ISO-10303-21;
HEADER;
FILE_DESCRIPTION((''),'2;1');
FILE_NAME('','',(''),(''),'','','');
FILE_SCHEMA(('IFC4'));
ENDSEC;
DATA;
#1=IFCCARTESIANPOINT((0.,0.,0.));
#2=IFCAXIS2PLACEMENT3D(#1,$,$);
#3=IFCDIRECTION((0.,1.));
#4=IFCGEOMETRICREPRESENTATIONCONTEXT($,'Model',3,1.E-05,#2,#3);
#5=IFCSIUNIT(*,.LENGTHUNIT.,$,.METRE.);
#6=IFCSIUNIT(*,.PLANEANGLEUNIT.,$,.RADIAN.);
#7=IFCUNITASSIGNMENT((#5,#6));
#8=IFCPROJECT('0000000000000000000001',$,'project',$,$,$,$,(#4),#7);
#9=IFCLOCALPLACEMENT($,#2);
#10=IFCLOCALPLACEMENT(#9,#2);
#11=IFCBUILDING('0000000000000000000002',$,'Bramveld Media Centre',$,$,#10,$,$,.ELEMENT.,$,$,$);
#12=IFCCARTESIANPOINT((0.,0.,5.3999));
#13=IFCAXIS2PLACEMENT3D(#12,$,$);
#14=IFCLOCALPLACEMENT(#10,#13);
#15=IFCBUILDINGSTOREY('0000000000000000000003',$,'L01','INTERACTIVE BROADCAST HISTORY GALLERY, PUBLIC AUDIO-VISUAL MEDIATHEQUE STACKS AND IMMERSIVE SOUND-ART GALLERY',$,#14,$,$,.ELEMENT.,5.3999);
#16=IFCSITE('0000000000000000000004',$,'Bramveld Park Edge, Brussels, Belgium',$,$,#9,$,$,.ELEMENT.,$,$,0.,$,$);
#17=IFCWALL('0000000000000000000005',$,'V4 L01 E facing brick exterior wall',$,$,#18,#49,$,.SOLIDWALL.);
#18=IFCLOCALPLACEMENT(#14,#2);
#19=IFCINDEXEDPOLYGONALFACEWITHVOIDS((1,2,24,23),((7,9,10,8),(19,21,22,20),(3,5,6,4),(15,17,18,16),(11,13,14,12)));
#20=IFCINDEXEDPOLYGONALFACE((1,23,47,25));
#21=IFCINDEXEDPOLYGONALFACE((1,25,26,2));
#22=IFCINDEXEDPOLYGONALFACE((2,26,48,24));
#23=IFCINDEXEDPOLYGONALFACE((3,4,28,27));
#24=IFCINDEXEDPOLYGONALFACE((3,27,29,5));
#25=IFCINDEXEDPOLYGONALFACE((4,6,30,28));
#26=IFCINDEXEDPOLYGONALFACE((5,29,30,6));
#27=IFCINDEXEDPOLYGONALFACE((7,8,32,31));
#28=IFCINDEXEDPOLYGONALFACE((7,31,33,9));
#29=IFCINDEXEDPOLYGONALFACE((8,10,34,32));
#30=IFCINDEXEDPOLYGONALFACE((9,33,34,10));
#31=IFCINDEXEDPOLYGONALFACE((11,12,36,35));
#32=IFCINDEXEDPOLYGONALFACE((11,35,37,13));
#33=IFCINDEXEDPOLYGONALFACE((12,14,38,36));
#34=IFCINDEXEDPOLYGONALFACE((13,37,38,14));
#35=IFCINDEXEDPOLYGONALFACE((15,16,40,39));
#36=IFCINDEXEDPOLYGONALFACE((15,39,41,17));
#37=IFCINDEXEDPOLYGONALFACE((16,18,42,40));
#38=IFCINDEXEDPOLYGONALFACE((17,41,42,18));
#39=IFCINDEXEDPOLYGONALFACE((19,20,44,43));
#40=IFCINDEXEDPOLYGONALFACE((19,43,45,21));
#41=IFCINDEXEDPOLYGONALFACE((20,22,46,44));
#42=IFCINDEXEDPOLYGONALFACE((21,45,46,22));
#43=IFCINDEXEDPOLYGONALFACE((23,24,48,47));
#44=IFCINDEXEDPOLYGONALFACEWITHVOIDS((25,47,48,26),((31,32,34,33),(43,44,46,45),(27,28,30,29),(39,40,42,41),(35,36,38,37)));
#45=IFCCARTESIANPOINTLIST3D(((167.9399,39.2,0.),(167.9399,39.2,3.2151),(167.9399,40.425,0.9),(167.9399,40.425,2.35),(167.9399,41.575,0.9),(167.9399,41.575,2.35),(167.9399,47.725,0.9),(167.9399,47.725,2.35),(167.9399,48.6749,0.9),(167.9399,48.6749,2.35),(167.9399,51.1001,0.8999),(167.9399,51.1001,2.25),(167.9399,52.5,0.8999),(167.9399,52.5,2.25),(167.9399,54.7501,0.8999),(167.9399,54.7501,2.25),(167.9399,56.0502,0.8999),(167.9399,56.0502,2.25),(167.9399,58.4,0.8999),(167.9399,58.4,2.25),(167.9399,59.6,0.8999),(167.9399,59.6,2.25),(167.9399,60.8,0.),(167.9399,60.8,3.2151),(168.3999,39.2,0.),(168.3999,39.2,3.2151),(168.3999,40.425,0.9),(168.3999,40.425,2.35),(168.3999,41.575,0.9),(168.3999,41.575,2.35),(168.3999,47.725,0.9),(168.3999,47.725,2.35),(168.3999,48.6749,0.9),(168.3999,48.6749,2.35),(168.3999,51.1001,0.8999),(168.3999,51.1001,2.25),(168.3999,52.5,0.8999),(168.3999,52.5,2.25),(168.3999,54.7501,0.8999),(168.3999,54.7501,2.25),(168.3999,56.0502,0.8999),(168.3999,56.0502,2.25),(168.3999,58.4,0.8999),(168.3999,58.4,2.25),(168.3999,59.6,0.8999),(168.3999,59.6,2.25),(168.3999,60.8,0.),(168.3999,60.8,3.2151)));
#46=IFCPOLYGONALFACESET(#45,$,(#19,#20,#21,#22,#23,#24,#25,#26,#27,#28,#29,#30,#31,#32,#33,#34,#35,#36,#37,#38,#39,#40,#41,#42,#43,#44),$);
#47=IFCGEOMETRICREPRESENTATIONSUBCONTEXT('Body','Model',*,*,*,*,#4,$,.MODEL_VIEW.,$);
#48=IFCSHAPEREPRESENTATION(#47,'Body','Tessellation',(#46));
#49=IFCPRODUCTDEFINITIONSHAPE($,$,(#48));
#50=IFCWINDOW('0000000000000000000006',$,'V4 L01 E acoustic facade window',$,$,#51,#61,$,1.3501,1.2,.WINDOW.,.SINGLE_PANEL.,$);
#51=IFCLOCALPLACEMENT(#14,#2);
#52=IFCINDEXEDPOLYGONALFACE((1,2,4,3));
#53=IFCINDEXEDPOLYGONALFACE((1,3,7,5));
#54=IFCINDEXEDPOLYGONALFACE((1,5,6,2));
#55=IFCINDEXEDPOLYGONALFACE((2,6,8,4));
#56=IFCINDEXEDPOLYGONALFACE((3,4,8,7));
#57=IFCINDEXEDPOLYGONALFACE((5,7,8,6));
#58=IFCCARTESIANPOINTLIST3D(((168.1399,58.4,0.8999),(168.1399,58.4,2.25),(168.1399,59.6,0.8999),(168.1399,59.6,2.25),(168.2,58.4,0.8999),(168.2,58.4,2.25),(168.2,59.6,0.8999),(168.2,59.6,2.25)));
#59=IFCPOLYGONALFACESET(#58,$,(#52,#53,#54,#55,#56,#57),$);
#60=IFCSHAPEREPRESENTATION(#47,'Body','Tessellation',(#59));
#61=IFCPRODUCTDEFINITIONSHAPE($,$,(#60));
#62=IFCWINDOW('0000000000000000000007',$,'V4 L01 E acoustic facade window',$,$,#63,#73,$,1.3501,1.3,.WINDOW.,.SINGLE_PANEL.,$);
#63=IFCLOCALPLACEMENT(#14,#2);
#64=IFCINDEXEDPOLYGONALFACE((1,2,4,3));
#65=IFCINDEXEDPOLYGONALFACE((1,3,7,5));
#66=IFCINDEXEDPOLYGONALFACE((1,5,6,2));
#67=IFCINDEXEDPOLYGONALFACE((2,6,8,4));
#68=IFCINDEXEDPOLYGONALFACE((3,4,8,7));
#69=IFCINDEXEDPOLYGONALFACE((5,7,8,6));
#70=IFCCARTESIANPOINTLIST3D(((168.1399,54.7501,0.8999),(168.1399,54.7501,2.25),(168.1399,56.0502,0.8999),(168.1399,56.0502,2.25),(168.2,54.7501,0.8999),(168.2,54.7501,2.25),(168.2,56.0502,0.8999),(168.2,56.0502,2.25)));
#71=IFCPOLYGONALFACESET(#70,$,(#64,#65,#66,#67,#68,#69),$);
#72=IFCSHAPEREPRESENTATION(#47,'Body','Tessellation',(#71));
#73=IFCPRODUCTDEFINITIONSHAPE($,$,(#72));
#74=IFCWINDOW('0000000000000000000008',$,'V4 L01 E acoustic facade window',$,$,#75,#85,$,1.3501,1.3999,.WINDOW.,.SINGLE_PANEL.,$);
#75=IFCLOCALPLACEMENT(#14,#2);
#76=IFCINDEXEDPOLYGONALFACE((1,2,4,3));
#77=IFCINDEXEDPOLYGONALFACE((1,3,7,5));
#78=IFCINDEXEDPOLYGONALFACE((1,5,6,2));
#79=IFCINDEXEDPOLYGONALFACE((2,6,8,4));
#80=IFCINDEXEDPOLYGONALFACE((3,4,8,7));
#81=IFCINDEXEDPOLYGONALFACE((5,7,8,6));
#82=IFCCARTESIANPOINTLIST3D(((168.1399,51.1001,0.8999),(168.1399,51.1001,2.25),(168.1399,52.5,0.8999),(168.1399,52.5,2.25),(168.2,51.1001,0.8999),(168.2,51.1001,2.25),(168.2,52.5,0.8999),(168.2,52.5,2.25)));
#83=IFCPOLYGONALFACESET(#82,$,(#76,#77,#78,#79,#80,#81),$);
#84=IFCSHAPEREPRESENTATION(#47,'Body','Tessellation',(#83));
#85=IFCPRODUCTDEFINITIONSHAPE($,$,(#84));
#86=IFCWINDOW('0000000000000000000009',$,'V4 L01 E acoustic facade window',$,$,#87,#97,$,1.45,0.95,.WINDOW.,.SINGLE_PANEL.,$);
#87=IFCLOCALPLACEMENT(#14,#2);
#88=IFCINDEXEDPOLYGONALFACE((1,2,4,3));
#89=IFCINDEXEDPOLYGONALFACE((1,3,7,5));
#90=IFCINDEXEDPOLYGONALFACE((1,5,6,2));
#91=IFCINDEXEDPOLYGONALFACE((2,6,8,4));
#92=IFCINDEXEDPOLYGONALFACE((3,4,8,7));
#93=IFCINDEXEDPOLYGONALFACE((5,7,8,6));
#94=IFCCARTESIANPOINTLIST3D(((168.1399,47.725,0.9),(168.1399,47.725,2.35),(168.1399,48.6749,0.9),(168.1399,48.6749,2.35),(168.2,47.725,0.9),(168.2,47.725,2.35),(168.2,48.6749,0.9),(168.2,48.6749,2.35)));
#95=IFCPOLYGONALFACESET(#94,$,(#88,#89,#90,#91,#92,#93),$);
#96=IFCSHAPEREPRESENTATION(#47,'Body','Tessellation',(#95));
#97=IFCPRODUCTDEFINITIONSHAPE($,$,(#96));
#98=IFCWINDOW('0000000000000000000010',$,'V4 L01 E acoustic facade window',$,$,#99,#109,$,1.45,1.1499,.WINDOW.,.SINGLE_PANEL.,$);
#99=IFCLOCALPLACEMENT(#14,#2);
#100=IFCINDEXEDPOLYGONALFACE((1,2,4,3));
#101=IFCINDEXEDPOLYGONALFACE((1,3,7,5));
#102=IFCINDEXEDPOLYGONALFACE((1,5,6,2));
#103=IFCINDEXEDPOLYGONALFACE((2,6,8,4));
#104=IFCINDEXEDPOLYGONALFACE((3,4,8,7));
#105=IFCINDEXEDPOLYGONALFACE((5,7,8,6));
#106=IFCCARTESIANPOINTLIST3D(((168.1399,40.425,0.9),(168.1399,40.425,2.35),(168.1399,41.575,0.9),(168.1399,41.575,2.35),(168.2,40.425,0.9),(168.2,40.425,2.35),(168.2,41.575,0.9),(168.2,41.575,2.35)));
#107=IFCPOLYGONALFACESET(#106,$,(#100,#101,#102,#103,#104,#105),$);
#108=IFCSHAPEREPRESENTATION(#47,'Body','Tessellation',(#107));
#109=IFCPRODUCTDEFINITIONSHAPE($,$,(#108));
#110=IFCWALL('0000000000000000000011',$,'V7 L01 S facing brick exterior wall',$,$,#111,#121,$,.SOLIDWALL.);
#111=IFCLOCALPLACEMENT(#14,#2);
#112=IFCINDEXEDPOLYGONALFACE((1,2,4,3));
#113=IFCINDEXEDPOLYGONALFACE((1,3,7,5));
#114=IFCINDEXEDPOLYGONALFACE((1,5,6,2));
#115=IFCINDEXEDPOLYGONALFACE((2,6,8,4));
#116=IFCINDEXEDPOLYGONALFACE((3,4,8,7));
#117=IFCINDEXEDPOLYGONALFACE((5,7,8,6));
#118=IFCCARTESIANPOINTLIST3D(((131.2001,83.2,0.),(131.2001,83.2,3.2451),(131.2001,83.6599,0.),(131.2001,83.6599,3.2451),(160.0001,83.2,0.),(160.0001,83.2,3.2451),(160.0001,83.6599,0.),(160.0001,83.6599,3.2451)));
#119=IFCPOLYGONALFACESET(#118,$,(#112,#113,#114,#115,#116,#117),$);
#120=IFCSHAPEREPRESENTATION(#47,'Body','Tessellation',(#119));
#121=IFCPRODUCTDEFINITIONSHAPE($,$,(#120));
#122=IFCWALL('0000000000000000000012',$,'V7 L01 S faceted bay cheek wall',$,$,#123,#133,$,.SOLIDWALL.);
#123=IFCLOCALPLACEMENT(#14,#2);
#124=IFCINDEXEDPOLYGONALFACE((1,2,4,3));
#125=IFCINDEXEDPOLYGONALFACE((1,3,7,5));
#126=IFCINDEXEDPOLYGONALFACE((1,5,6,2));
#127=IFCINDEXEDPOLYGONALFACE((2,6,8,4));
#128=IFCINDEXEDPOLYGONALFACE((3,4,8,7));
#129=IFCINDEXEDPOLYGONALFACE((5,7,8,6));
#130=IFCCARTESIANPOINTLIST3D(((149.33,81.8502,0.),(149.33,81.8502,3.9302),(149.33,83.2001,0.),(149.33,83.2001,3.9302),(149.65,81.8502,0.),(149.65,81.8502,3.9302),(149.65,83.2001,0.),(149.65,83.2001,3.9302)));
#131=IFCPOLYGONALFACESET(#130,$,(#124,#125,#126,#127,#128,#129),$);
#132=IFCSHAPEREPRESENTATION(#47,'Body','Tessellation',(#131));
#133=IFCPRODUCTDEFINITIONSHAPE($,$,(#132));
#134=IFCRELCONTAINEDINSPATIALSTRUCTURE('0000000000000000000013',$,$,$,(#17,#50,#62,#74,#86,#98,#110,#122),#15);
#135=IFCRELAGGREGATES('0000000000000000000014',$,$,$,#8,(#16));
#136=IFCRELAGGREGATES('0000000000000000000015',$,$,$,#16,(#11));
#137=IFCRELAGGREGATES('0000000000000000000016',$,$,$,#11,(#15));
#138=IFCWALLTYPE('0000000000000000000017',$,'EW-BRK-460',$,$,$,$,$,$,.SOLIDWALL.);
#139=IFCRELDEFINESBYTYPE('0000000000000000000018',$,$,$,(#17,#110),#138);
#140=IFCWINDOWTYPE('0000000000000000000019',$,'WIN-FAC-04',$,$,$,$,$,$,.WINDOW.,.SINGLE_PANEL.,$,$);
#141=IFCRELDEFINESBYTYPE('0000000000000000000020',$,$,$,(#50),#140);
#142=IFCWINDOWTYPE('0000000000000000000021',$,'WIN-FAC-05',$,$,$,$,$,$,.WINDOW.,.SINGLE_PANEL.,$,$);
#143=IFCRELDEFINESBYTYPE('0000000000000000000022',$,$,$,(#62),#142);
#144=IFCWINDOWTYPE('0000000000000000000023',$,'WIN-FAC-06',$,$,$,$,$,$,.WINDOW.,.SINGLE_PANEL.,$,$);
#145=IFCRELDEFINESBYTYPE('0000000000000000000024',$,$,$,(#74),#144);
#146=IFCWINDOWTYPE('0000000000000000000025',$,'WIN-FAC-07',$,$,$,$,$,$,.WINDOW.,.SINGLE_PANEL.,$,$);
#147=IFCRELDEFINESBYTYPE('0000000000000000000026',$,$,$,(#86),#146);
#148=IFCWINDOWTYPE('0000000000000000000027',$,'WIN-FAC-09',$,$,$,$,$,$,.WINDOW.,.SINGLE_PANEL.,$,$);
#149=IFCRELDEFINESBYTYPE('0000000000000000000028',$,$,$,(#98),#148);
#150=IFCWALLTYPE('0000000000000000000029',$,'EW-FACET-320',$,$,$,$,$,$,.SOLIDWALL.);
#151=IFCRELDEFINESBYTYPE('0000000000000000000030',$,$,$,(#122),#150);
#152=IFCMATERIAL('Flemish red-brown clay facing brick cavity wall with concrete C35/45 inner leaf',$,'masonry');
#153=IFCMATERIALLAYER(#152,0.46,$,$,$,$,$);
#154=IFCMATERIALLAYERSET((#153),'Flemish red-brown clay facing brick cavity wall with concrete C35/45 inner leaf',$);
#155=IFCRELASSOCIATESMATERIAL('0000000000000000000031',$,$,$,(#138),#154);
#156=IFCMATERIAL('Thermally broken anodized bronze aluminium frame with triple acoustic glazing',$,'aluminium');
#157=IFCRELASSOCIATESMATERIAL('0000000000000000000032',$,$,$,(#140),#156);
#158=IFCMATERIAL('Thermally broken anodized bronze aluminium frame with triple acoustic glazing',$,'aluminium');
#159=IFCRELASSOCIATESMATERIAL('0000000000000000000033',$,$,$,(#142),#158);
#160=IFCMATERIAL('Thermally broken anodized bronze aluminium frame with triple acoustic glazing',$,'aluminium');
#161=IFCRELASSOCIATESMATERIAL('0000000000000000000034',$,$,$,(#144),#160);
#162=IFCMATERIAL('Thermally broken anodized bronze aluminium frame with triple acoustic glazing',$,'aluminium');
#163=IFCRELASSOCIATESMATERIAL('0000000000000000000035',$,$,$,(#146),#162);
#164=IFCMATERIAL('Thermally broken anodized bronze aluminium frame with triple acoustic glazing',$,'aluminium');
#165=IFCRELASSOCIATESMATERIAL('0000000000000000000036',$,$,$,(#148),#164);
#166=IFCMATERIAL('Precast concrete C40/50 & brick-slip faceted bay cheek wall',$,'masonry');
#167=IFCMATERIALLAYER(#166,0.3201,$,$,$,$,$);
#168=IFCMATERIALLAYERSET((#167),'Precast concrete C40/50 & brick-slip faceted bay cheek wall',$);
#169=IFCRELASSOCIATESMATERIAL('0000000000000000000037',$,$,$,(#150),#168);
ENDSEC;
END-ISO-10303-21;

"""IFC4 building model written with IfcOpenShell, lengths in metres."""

from ifc_helpers import new_model, si_unit, direction, frame, frame_2d, origin, place, context, subcontext, project, spatial, rectangle, extrude, material, layer, layer_set, type_object, element, fill, save


model = new_model("IFC4")

# Units and contexts
model_context = context("Model", 3, precision=1e-05, world=origin(), true_north=direction((0.0, 1.0)))
body_context = subcontext(model_context, "Body", "Model", "MODEL_VIEW")
ifc_project = project(units=[si_unit("LENGTHUNIT", "METRE"), si_unit("PLANEANGLEUNIT", "RADIAN")], contexts=[model_context])

# Site, building, storey
site_placement = place(None, origin())
site = spatial("IfcSite", under=ifc_project, at=site_placement, Name="Bramveld Park Edge, Brussels, Belgium", CompositionType="ELEMENT", RefElevation=0.0)
building_placement = place(site_placement, origin())
building = spatial("IfcBuilding", under=site, at=building_placement, Name="Bramveld Media Centre", CompositionType="ELEMENT")
storey_placement = place(building_placement, frame((0.0, 0.0, 5.3999)))
storey = spatial("IfcBuildingStorey", under=building, at=storey_placement, Name="L01", Description="INTERACTIVE BROADCAST HISTORY GALLERY, PUBLIC AUDIO-VISUAL MEDIATHEQUE STACKS AND IMMERSIVE SOUND-ART GALLERY", CompositionType="ELEMENT", Elevation=5.3999)

# Wall, openings, windows
ifc_material_1 = material(Name="Flemish red-brown clay facing brick cavity wall with concrete C35/45 inner leaf", Category="masonry")
ifc_layer_1 = layer(ifc_material_1, 0.46)
ifc_layer_set_1 = layer_set([ifc_layer_1], Name="Flemish red-brown clay facing brick cavity wall with concrete C35/45 inner leaf")
wall_type_1 = type_object("IfcWallType", Name="EW-BRK-460", PredefinedType="SOLIDWALL", material=ifc_layer_set_1)
wall_1_placement = place(storey_placement, frame((168.1699, 60.8, 0.0), z_axis=(0.0, 0.0, 1.0), x_axis=(0.0, -1.0, 0.0)))
wall_1 = element("IfcWall", 1, at=wall_1_placement, inside=storey, type_object=wall_type_1, Name="V4 L01 E facing brick exterior wall", PredefinedType="SOLIDWALL", context=body_context, shape_type="SweptSolid", body=[
    extrude(rectangle(XDim=21.6001, YDim=0.46, at=frame_2d((10.8, 0.0))), origin(), (0.0, 0.0, 1.0), 3.2151),
])
opening_1_placement = place(wall_1_placement, frame((1.2, 0.0, 0.8999)))
opening_1 = element("IfcOpeningElement", 2, at=opening_1_placement, cuts=wall_1, PredefinedType="OPENING", context=body_context, shape_type="SweptSolid", body=[
    extrude(rectangle(XDim=1.2, YDim=1.3501, at=frame_2d((0.6001, 0.675))), frame((0.0, 0.2419, 0.0), z_axis=(0.0, -1.0, 0.0), x_axis=(1.0, 0.0, 0.0)), (0.0, 0.0, 1.0), 0.4839),
])
opening_2_placement = place(wall_1_placement, frame((4.75, 0.0, 0.8999)))
opening_2 = element("IfcOpeningElement", 3, at=opening_2_placement, cuts=wall_1, PredefinedType="OPENING", context=body_context, shape_type="SweptSolid", body=[
    extrude(rectangle(XDim=1.3, YDim=1.3501, at=frame_2d((0.6499, 0.675))), frame((0.0, 0.2419, 0.0), z_axis=(0.0, -1.0, 0.0), x_axis=(1.0, 0.0, 0.0)), (0.0, 0.0, 1.0), 0.4839),
])
opening_3_placement = place(wall_1_placement, frame((8.3, 0.0, 0.8999)))
opening_3 = element("IfcOpeningElement", 4, at=opening_3_placement, cuts=wall_1, PredefinedType="OPENING", context=body_context, shape_type="SweptSolid", body=[
    extrude(rectangle(XDim=1.3999, YDim=1.3501, at=frame_2d((0.7, 0.675))), frame((0.0, 0.2419, 0.0), z_axis=(0.0, -1.0, 0.0), x_axis=(1.0, 0.0, 0.0)), (0.0, 0.0, 1.0), 0.4839),
])
opening_4_placement = place(wall_1_placement, frame((12.125, 0.0, 0.8999)))
opening_4 = element("IfcOpeningElement", 5, at=opening_4_placement, cuts=wall_1, PredefinedType="OPENING", context=body_context, shape_type="SweptSolid", body=[
    extrude(rectangle(XDim=0.95, YDim=1.45, at=frame_2d((0.4751, 0.7251))), frame((0.0, 0.2419, 0.0), z_axis=(0.0, -1.0, 0.0), x_axis=(1.0, 0.0, 0.0)), (0.0, 0.0, 1.0), 0.4839),
])
opening_5_placement = place(wall_1_placement, frame((19.2251, 0.0, 0.8999)))
opening_5 = element("IfcOpeningElement", 6, at=opening_5_placement, cuts=wall_1, PredefinedType="OPENING", context=body_context, shape_type="SweptSolid", body=[
    extrude(rectangle(XDim=1.1499, YDim=1.45, at=frame_2d((0.575, 0.7251))), frame((0.0, 0.2419, 0.0), z_axis=(0.0, -1.0, 0.0), x_axis=(1.0, 0.0, 0.0)), (0.0, 0.0, 1.0), 0.4839),
])
ifc_material_2 = material(Name="Thermally broken anodized bronze aluminium frame with triple acoustic glazing", Category="aluminium")
window_type_1 = type_object("IfcWindowType", Name="WIN-FAC-04", PartitioningType="SINGLE_PANEL", PredefinedType="WINDOW", material=ifc_material_2)
window_1_placement = place(opening_1_placement, origin())
window_1 = element("IfcWindow", 7, at=window_1_placement, inside=storey, type_object=window_type_1, Name="V4 L01 E acoustic facade window", OverallHeight=1.3501, OverallWidth=1.2, PartitioningType="SINGLE_PANEL", PredefinedType="WINDOW", context=body_context, shape_type="SweptSolid", body=[
    extrude(rectangle(XDim=1.2, YDim=1.3501, at=frame_2d((0.6001, 0.675))), frame((0.0, 0.03, 0.0), z_axis=(0.0, -1.0, 0.0), x_axis=(1.0, 0.0, 0.0)), (0.0, 0.0, 1.0), 0.0601),
])
fill(opening_1, window_1)
ifc_material_3 = material(Name="Thermally broken anodized bronze aluminium frame with triple acoustic glazing", Category="aluminium")
window_type_2 = type_object("IfcWindowType", Name="WIN-FAC-05", PartitioningType="SINGLE_PANEL", PredefinedType="WINDOW", material=ifc_material_3)
window_2_placement = place(opening_2_placement, origin())
window_2 = element("IfcWindow", 8, at=window_2_placement, inside=storey, type_object=window_type_2, Name="V4 L01 E acoustic facade window", OverallHeight=1.3501, OverallWidth=1.3, PartitioningType="SINGLE_PANEL", PredefinedType="WINDOW", context=body_context, shape_type="SweptSolid", body=[
    extrude(rectangle(XDim=1.3, YDim=1.3501, at=frame_2d((0.6499, 0.675))), frame((0.0, 0.03, 0.0), z_axis=(0.0, -1.0, 0.0), x_axis=(1.0, 0.0, 0.0)), (0.0, 0.0, 1.0), 0.0601),
])
fill(opening_2, window_2)
ifc_material_4 = material(Name="Thermally broken anodized bronze aluminium frame with triple acoustic glazing", Category="aluminium")
window_type_3 = type_object("IfcWindowType", Name="WIN-FAC-06", PartitioningType="SINGLE_PANEL", PredefinedType="WINDOW", material=ifc_material_4)
window_3_placement = place(opening_3_placement, origin())
window_3 = element("IfcWindow", 9, at=window_3_placement, inside=storey, type_object=window_type_3, Name="V4 L01 E acoustic facade window", OverallHeight=1.3501, OverallWidth=1.3999, PartitioningType="SINGLE_PANEL", PredefinedType="WINDOW", context=body_context, shape_type="SweptSolid", body=[
    extrude(rectangle(XDim=1.3999, YDim=1.3501, at=frame_2d((0.7, 0.675))), frame((0.0, 0.03, 0.0), z_axis=(0.0, -1.0, 0.0), x_axis=(1.0, 0.0, 0.0)), (0.0, 0.0, 1.0), 0.0601),
])
fill(opening_3, window_3)
ifc_material_5 = material(Name="Thermally broken anodized bronze aluminium frame with triple acoustic glazing", Category="aluminium")
window_type_4 = type_object("IfcWindowType", Name="WIN-FAC-07", PartitioningType="SINGLE_PANEL", PredefinedType="WINDOW", material=ifc_material_5)
window_4_placement = place(opening_4_placement, origin())
window_4 = element("IfcWindow", 10, at=window_4_placement, inside=storey, type_object=window_type_4, Name="V4 L01 E acoustic facade window", OverallHeight=1.45, OverallWidth=0.95, PartitioningType="SINGLE_PANEL", PredefinedType="WINDOW", context=body_context, shape_type="SweptSolid", body=[
    extrude(rectangle(XDim=0.95, YDim=1.45, at=frame_2d((0.4751, 0.7251))), frame((0.0, 0.03, 0.0), z_axis=(0.0, -1.0, 0.0), x_axis=(1.0, 0.0, 0.0)), (0.0, 0.0, 1.0), 0.0601),
])
fill(opening_4, window_4)
ifc_material_6 = material(Name="Thermally broken anodized bronze aluminium frame with triple acoustic glazing", Category="aluminium")
window_type_5 = type_object("IfcWindowType", Name="WIN-FAC-09", PartitioningType="SINGLE_PANEL", PredefinedType="WINDOW", material=ifc_material_6)
window_5_placement = place(opening_5_placement, origin())
window_5 = element("IfcWindow", 11, at=window_5_placement, inside=storey, type_object=window_type_5, Name="V4 L01 E acoustic facade window", OverallHeight=1.45, OverallWidth=1.1499, PartitioningType="SINGLE_PANEL", PredefinedType="WINDOW", context=body_context, shape_type="SweptSolid", body=[
    extrude(rectangle(XDim=1.1499, YDim=1.45, at=frame_2d((0.575, 0.7251))), frame((0.0, 0.03, 0.0), z_axis=(0.0, -1.0, 0.0), x_axis=(1.0, 0.0, 0.0)), (0.0, 0.0, 1.0), 0.0601),
])
fill(opening_5, window_5)

# Walls
wall_2_placement = place(storey_placement, frame((160.0, 83.4299, 0.0), z_axis=(0.0, 0.0, 1.0), x_axis=(-1.0, 0.0, 0.0)))
element("IfcWall", 12, at=wall_2_placement, inside=storey, type_object=wall_type_1, Name="V7 L01 S facing brick exterior wall", PredefinedType="SOLIDWALL", context=body_context, shape_type="SweptSolid", body=[
    extrude(rectangle(XDim=28.8, YDim=0.46, at=frame_2d((14.3999, 0.0))), origin(), (0.0, 0.0, 1.0), 3.2451),
])
ifc_material_7 = material(Name="Precast concrete C40/50 & brick-slip faceted bay cheek wall", Category="masonry")
ifc_layer_2 = layer(ifc_material_7, 0.3201)
ifc_layer_set_2 = layer_set([ifc_layer_2], Name="Precast concrete C40/50 & brick-slip faceted bay cheek wall")
wall_type_2 = type_object("IfcWallType", Name="EW-FACET-320", PredefinedType="SOLIDWALL", material=ifc_layer_set_2)
wall_3_placement = place(storey_placement, frame((149.49, 83.2, 0.0), z_axis=(0.0, 0.0, 1.0), x_axis=(0.0, -1.0, 0.0)))
element("IfcWall", 13, at=wall_3_placement, inside=storey, type_object=wall_type_2, Name="V7 L01 S faceted bay cheek wall", PredefinedType="SOLIDWALL", context=body_context, shape_type="SweptSolid", body=[
    extrude(rectangle(XDim=1.3499, YDim=0.3201, at=frame_2d((0.6748, 0.0))), origin(), (0.0, 0.0, 1.0), 3.9302),
])

save(model, "model.ifc")
